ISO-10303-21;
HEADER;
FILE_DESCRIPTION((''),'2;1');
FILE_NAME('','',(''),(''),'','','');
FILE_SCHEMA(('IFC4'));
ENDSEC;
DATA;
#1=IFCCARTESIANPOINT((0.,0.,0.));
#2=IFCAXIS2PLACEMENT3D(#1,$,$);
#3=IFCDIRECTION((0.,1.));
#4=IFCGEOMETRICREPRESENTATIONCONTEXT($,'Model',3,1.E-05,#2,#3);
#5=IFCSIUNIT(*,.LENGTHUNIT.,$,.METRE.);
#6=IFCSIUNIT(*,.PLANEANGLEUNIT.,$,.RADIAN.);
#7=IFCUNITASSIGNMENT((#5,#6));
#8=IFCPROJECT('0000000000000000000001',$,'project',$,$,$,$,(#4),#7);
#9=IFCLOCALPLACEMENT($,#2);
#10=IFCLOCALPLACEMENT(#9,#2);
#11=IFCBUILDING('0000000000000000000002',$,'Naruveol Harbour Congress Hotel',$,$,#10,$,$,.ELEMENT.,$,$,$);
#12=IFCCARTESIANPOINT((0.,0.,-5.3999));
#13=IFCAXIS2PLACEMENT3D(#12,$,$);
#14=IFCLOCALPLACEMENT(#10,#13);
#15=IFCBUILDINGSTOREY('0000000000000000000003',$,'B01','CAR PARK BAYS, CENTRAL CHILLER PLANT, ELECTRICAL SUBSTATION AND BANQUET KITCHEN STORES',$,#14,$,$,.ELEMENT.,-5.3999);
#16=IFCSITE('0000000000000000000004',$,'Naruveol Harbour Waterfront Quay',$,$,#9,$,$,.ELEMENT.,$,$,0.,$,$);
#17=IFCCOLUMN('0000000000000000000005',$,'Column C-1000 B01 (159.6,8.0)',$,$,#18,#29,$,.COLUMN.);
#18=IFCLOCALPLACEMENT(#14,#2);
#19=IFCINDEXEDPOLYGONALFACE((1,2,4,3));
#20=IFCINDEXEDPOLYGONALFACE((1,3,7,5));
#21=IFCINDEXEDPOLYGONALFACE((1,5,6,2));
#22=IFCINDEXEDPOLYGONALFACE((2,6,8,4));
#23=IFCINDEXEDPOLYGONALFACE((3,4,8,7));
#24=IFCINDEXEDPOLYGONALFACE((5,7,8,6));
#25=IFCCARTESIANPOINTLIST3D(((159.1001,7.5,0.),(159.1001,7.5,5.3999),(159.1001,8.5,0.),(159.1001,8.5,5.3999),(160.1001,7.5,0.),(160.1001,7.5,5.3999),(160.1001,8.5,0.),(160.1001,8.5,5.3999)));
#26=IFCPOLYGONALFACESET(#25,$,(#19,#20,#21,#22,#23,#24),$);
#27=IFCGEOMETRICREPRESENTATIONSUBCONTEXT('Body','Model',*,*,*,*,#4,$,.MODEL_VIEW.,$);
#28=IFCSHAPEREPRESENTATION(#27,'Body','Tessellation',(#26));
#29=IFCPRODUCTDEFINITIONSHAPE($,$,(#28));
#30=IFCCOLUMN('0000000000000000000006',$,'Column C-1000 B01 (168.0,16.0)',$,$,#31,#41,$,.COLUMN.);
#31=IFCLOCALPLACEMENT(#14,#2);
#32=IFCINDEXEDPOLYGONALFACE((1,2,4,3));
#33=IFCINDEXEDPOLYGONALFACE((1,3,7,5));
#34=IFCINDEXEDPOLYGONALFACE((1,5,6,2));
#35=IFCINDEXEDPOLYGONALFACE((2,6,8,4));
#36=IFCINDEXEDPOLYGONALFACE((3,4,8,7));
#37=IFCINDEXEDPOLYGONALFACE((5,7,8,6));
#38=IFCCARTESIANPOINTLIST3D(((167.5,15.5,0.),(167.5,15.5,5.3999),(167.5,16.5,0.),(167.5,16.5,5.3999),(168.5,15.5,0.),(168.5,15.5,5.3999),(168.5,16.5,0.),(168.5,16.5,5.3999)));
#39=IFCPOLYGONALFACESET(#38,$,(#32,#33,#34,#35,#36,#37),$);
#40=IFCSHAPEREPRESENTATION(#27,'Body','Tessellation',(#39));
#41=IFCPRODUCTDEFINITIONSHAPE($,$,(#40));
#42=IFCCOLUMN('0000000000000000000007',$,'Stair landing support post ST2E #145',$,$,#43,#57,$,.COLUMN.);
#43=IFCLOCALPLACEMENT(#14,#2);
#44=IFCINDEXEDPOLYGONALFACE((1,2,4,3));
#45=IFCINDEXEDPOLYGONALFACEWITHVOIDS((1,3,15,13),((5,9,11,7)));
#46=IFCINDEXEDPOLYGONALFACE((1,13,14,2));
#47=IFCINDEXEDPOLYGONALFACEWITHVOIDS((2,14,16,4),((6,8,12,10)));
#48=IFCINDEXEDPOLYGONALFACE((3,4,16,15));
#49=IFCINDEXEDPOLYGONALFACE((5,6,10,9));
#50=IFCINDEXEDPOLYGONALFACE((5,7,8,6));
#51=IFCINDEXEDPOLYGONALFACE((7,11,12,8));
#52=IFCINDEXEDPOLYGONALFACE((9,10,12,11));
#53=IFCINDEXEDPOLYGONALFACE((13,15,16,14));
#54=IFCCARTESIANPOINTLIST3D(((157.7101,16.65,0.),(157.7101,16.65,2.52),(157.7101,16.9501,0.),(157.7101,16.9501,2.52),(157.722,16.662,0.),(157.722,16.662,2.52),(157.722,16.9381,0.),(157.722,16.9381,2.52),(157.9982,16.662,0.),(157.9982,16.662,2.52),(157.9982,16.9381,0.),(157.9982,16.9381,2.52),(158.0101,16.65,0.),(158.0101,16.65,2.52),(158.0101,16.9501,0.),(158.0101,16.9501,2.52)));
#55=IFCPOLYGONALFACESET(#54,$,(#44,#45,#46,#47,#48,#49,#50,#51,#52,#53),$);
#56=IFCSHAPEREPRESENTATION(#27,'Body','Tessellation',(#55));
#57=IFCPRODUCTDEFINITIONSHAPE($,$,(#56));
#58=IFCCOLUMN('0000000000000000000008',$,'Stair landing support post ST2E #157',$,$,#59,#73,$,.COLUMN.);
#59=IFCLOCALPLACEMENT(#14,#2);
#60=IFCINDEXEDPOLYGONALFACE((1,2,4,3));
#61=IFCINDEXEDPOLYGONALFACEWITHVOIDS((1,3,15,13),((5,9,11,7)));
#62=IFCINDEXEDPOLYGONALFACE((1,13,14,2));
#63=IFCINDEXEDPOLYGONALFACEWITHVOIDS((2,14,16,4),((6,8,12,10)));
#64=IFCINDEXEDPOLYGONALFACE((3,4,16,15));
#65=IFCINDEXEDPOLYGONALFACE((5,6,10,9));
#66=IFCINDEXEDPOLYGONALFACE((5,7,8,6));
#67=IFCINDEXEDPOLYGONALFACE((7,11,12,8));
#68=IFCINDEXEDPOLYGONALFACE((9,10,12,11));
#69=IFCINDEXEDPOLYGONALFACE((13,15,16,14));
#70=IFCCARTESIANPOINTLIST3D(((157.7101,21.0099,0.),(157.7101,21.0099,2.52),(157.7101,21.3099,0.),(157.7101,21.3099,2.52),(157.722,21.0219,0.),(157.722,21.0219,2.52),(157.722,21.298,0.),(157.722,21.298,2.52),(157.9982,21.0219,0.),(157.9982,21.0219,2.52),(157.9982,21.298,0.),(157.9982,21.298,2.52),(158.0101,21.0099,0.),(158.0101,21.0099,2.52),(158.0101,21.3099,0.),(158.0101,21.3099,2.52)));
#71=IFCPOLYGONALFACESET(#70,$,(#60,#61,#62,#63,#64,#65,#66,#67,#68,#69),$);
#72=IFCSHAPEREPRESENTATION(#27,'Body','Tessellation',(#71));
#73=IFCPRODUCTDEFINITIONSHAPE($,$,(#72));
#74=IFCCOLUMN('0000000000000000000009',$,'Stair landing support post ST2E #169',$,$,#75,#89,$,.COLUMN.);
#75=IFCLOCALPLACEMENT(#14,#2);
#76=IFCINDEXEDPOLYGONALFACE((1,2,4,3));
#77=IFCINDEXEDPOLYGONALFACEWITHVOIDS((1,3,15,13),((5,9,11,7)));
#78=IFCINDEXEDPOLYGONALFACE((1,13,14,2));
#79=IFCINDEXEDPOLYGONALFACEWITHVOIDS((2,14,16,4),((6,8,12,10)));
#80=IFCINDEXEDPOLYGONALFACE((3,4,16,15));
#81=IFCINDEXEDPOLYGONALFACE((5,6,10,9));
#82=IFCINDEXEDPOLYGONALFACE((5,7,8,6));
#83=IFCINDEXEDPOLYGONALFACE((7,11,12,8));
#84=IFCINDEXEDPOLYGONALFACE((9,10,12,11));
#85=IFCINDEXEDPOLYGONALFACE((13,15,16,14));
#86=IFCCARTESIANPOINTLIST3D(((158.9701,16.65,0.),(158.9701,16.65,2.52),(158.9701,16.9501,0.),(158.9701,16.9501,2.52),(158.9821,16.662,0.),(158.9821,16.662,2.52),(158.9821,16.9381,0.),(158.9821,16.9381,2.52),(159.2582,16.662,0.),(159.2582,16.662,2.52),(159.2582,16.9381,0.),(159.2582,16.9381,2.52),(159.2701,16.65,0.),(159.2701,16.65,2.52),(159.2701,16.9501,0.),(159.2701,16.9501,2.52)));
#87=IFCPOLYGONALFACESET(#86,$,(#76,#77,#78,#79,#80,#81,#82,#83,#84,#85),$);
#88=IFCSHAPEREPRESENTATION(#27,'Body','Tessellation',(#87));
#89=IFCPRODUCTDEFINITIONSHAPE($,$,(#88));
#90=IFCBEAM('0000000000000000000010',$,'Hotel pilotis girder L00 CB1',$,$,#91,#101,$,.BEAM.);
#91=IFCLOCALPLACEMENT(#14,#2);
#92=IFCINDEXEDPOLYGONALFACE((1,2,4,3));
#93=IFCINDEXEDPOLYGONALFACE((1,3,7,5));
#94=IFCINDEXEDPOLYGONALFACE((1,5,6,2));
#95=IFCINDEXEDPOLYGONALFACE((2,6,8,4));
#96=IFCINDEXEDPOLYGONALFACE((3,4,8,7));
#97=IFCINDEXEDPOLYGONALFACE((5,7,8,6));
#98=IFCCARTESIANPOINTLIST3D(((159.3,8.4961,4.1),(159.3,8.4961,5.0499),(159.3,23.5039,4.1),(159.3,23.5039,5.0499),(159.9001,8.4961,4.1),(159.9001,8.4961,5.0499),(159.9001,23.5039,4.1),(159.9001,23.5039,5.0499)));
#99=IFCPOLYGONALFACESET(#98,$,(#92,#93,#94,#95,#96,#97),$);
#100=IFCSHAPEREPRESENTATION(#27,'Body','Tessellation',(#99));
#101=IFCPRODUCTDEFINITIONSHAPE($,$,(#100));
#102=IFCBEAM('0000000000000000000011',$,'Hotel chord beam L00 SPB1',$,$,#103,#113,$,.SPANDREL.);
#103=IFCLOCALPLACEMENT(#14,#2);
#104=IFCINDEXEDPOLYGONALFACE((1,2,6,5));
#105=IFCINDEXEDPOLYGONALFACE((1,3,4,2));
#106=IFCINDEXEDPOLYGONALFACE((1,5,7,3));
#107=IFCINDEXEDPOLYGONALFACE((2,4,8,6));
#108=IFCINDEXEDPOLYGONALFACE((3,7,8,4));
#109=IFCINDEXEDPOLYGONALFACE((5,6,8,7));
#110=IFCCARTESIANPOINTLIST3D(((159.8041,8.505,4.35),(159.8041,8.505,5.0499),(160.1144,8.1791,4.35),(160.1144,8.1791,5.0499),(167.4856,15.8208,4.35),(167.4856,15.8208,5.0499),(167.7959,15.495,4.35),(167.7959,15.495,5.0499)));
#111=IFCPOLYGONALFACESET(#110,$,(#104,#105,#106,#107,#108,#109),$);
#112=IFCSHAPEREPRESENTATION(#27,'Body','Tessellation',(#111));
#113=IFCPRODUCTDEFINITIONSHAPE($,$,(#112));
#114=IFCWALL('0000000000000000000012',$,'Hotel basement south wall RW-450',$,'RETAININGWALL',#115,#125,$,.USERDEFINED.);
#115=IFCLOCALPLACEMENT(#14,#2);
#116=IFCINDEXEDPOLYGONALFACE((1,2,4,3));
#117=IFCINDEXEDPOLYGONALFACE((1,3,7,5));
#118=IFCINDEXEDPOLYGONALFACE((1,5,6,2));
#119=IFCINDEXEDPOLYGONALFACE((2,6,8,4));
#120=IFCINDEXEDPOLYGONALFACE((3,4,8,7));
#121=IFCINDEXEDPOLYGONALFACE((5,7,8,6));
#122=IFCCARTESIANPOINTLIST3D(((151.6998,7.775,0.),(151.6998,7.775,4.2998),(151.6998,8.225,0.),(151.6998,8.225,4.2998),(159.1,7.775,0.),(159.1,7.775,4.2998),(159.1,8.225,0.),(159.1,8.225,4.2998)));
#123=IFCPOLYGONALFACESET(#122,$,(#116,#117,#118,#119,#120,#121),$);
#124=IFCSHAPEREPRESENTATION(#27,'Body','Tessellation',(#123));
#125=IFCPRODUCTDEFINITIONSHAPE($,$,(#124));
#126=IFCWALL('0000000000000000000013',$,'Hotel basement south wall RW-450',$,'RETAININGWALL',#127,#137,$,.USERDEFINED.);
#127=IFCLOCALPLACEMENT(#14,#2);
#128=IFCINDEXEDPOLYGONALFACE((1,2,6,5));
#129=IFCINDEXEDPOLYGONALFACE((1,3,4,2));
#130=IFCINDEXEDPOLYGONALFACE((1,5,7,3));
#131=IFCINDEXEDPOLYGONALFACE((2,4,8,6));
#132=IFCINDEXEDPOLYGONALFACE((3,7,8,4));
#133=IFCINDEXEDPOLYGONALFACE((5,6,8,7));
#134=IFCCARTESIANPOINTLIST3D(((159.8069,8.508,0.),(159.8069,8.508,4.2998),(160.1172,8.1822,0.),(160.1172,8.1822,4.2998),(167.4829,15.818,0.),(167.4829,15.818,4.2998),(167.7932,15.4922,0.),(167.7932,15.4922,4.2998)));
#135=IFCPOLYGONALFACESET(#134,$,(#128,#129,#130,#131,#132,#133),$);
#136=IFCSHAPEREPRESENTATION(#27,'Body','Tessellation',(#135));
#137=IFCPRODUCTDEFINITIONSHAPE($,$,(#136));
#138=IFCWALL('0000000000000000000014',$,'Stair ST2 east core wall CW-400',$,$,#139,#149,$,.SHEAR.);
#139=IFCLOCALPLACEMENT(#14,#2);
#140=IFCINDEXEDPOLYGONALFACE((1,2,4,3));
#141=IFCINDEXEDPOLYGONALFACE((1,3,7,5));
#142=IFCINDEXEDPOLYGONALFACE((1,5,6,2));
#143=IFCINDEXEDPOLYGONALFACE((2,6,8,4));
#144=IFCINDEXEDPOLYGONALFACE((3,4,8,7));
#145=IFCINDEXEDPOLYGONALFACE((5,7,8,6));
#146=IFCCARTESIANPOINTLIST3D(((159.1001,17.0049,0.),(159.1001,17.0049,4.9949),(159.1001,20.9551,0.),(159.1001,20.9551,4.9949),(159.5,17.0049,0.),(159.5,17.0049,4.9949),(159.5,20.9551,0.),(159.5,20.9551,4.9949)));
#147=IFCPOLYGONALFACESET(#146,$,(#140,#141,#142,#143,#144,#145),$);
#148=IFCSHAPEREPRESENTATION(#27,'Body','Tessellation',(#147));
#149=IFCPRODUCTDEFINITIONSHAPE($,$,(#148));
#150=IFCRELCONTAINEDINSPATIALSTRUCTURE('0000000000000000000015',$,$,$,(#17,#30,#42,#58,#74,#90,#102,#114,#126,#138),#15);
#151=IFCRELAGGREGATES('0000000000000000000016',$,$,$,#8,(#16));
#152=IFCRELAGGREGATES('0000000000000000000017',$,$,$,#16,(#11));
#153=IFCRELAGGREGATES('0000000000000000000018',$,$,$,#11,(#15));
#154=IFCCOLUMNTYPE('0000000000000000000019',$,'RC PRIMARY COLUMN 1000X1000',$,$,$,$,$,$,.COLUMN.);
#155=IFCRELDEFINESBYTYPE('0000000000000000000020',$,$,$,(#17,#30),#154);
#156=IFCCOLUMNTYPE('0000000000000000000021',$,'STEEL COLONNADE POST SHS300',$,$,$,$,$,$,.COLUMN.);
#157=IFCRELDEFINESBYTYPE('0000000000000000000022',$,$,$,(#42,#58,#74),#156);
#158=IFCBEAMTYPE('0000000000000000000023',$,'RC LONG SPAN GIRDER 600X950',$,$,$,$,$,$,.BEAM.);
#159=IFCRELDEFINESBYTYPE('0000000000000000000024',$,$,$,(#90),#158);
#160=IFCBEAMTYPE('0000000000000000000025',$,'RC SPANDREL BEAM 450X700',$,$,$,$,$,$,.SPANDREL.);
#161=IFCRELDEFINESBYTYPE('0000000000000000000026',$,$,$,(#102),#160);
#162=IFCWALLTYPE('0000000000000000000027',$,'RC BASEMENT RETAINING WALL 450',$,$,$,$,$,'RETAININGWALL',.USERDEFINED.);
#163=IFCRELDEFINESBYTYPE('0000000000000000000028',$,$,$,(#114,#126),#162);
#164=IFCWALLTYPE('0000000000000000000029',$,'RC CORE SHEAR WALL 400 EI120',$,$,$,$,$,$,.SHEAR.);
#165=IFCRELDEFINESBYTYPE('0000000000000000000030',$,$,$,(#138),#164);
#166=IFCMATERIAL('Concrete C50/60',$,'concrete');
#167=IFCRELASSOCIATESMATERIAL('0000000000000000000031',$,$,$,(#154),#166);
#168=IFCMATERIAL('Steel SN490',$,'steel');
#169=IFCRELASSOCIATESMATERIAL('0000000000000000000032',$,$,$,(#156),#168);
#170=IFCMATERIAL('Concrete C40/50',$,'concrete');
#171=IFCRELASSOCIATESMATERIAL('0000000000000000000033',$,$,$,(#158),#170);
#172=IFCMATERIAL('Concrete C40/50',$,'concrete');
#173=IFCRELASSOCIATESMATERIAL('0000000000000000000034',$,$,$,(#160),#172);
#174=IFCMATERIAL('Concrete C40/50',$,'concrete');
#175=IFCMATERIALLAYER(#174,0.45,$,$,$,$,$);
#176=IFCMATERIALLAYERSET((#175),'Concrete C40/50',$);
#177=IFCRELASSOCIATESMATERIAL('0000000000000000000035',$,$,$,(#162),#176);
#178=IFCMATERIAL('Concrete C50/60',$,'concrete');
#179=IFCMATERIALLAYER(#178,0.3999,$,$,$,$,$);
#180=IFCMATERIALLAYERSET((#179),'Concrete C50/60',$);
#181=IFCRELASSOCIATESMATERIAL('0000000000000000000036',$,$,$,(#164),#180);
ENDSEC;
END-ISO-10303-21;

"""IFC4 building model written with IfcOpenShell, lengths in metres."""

from ifc_helpers import new_model, si_unit, direction, frame, frame_2d, origin, origin_2d, place, context, subcontext, project, spatial, rectangle, hollow_rectangle, extrude, material, layer, layer_set, material_profile, profile_set, type_object, element, save


model = new_model("IFC4")

# Units and contexts
model_context = context("Model", 3, precision=1e-05, world=origin(), true_north=direction((0.0, 1.0)))
body_context = subcontext(model_context, "Body", "Model", "MODEL_VIEW")
ifc_project = project(units=[si_unit("LENGTHUNIT", "METRE"), si_unit("PLANEANGLEUNIT", "RADIAN")], contexts=[model_context])

# Site, building, storey
site_placement = place(None, origin())
site = spatial("IfcSite", under=ifc_project, at=site_placement, Name="Naruveol Harbour Waterfront Quay", CompositionType="ELEMENT", RefElevation=0.0)
building_placement = place(site_placement, origin())
building = spatial("IfcBuilding", under=site, at=building_placement, Name="Naruveol Harbour Congress Hotel", CompositionType="ELEMENT")
storey_placement = place(building_placement, frame((0.0, 0.0, -5.3999)))
storey = spatial("IfcBuildingStorey", under=building, at=storey_placement, Name="B01", Description="CAR PARK BAYS, CENTRAL CHILLER PLANT, ELECTRICAL SUBSTATION AND BANQUET KITCHEN STORES", CompositionType="ELEMENT", Elevation=-5.3999)

# Columns
ifc_material_1 = material(Name="Concrete C50/60", Category="concrete")
ifc_material_profile_1 = material_profile(ifc_material_1, rectangle(XDim=1.0, YDim=1.0, at=origin_2d()), Name="RC-1000x1000")
ifc_profile_set_1 = profile_set([ifc_material_profile_1], Name="Concrete C50/60")
column_type_1 = type_object("IfcColumnType", Name="RC PRIMARY COLUMN 1000X1000", PredefinedType="COLUMN", material=ifc_profile_set_1)
for number, where, z_axis, x_axis, name in (
    (1, (159.6001, 8.0, 0.0), (0.0, 0.0, 1.0), (1.0, 0.0, 0.0), "Column C-1000 B01 (159.6,8.0)"),
    (2, (168.0, 16.0, 0.0), (0.0, 0.0, 1.0), (1.0, 0.0, 0.0), "Column C-1000 B01 (168.0,16.0)"),
):
    element("IfcColumn", number, at=place(storey_placement, frame(where, z_axis=z_axis, x_axis=x_axis)), inside=storey, type_object=column_type_1, Name=name, PredefinedType="COLUMN", context=body_context, shape_type="SweptSolid", body=[
        extrude(rectangle(XDim=1.0, YDim=1.0, at=origin_2d()), origin(), (0.0, 0.0, 1.0), 5.3999),
    ])
ifc_material_2 = material(Name="Steel SN490", Category="steel")
ifc_material_profile_2 = material_profile(ifc_material_2, hollow_rectangle(XDim=0.3, YDim=0.3, WallThickness=0.012, at=origin_2d()), Name="SHS-300x300x12")
ifc_profile_set_2 = profile_set([ifc_material_profile_2], Name="Steel SN490")
column_type_2 = type_object("IfcColumnType", Name="STEEL COLONNADE POST SHS300", PredefinedType="COLUMN", material=ifc_profile_set_2)
for number, where, z_axis, x_axis, name in (
    (3, (157.8601, 16.8, 0.0), (0.0, 0.0, 1.0), (1.0, 0.0, 0.0), "Stair landing support post ST2E #145"),
    (4, (157.8601, 21.1599, 0.0), (0.0, 0.0, 1.0), (1.0, 0.0, 0.0), "Stair landing support post ST2E #157"),
    (5, (159.1201, 16.8, 0.0), (0.0, 0.0, 1.0), (1.0, 0.0, 0.0), "Stair landing support post ST2E #169"),
):
    element("IfcColumn", number, at=place(storey_placement, frame(where, z_axis=z_axis, x_axis=x_axis)), inside=storey, type_object=column_type_2, Name=name, PredefinedType="COLUMN", context=body_context, shape_type="SweptSolid", body=[
        extrude(hollow_rectangle(XDim=0.3, YDim=0.3, WallThickness=0.012, at=origin_2d()), origin(), (0.0, 0.0, 1.0), 2.52),
    ])

# Beams
ifc_material_3 = material(Name="Concrete C40/50", Category="concrete")
ifc_material_profile_3 = material_profile(ifc_material_3, rectangle(XDim=0.6001, YDim=0.95, at=origin_2d()), Name="RCB-600x950")
ifc_profile_set_3 = profile_set([ifc_material_profile_3], Name="Concrete C40/50")
beam_type_1 = type_object("IfcBeamType", Name="RC LONG SPAN GIRDER 600X950", PredefinedType="BEAM", material=ifc_profile_set_3)
beam_1_placement = place(storey_placement, frame((159.6001, 8.4961, 4.575), z_axis=(0.0, 1.0, 0.0), x_axis=(-1.0, 0.0, 0.0)))
element("IfcBeam", 6, at=beam_1_placement, inside=storey, type_object=beam_type_1, Name="Hotel pilotis girder L00 CB1", PredefinedType="BEAM", context=body_context, shape_type="SweptSolid", body=[
    extrude(rectangle(XDim=0.6001, YDim=0.95, at=origin_2d()), origin(), (0.0, 0.0, 1.0), 15.0078),
])
ifc_material_4 = material(Name="Concrete C40/50", Category="concrete")
ifc_material_profile_4 = material_profile(ifc_material_4, rectangle(XDim=0.45, YDim=0.7, at=origin_2d()), Name="RCB-450x700")
ifc_profile_set_4 = profile_set([ifc_material_profile_4], Name="Concrete C40/50")
beam_type_2 = type_object("IfcBeamType", Name="RC SPANDREL BEAM 450X700", PredefinedType="SPANDREL", material=ifc_profile_set_4)
beam_2_placement = place(storey_placement, frame((159.9592, 8.342, 4.7), z_axis=(0.724135, 0.689659, 0.0), x_axis=(-0.689659, 0.724135, 0.0)))
element("IfcBeam", 7, at=beam_2_placement, inside=storey, type_object=beam_type_2, Name="Hotel chord beam L00 SPB1", PredefinedType="SPANDREL", context=body_context, shape_type="SweptSolid", body=[
    extrude(rectangle(XDim=0.45, YDim=0.7, at=origin_2d()), origin(), (0.0, 0.0, 1.0), 10.6079),
])

# Walls
ifc_material_5 = material(Name="Concrete C40/50", Category="concrete")
ifc_layer_1 = layer(ifc_material_5, 0.45)
ifc_layer_set_1 = layer_set([ifc_layer_1], Name="Concrete C40/50")
wall_type_1 = type_object("IfcWallType", Name="RC BASEMENT RETAINING WALL 450", ElementType="RETAININGWALL", PredefinedType="USERDEFINED", material=ifc_layer_set_1)
wall_1_placement = place(storey_placement, frame((159.1001, 8.0, 0.0), z_axis=(0.0, 0.0, 1.0), x_axis=(-1.0, 0.0, 0.0)))
element("IfcWall", 8, at=wall_1_placement, inside=storey, type_object=wall_type_1, Name="Hotel basement south wall RW-450", ObjectType="RETAININGWALL", PredefinedType="USERDEFINED", context=body_context, shape_type="SweptSolid", body=[
    extrude(rectangle(XDim=7.4001, YDim=0.45, at=frame_2d((3.7002, 0.0))), origin(), (0.0, 0.0, 1.0), 4.2998),
])
wall_2_placement = place(storey_placement, frame((167.6379, 15.655, 0.0), z_axis=(0.0, 0.0, 1.0), x_axis=(-0.724159, -0.689633, 0.0)))
element("IfcWall", 9, at=wall_2_placement, inside=storey, type_object=wall_type_1, Name="Hotel basement south wall RW-450", ObjectType="RETAININGWALL", PredefinedType="USERDEFINED", context=body_context, shape_type="SweptSolid", body=[
    extrude(rectangle(XDim=10.5999, YDim=0.45, at=frame_2d((5.2998, 0.0))), origin(), (0.0, 0.0, 1.0), 4.2998),
])
ifc_material_6 = material(Name="Concrete C50/60", Category="concrete")
ifc_layer_2 = layer(ifc_material_6, 0.3999)
ifc_layer_set_2 = layer_set([ifc_layer_2], Name="Concrete C50/60")
wall_type_2 = type_object("IfcWallType", Name="RC CORE SHEAR WALL 400 EI120", PredefinedType="SHEAR", material=ifc_layer_set_2)
wall_3_placement = place(storey_placement, frame((159.3, 17.0049, 0.0), z_axis=(0.0, 0.0, 1.0), x_axis=(0.0, 1.0, 0.0)))
element("IfcWall", 10, at=wall_3_placement, inside=storey, type_object=wall_type_2, Name="Stair ST2 east core wall CW-400", PredefinedType="SHEAR", context=body_context, shape_type="SweptSolid", body=[
    extrude(rectangle(XDim=3.9502, YDim=0.3999, at=frame_2d((1.9751, 0.0))), origin(), (0.0, 0.0, 1.0), 4.9949),
])

save(model, "model.ifc")
